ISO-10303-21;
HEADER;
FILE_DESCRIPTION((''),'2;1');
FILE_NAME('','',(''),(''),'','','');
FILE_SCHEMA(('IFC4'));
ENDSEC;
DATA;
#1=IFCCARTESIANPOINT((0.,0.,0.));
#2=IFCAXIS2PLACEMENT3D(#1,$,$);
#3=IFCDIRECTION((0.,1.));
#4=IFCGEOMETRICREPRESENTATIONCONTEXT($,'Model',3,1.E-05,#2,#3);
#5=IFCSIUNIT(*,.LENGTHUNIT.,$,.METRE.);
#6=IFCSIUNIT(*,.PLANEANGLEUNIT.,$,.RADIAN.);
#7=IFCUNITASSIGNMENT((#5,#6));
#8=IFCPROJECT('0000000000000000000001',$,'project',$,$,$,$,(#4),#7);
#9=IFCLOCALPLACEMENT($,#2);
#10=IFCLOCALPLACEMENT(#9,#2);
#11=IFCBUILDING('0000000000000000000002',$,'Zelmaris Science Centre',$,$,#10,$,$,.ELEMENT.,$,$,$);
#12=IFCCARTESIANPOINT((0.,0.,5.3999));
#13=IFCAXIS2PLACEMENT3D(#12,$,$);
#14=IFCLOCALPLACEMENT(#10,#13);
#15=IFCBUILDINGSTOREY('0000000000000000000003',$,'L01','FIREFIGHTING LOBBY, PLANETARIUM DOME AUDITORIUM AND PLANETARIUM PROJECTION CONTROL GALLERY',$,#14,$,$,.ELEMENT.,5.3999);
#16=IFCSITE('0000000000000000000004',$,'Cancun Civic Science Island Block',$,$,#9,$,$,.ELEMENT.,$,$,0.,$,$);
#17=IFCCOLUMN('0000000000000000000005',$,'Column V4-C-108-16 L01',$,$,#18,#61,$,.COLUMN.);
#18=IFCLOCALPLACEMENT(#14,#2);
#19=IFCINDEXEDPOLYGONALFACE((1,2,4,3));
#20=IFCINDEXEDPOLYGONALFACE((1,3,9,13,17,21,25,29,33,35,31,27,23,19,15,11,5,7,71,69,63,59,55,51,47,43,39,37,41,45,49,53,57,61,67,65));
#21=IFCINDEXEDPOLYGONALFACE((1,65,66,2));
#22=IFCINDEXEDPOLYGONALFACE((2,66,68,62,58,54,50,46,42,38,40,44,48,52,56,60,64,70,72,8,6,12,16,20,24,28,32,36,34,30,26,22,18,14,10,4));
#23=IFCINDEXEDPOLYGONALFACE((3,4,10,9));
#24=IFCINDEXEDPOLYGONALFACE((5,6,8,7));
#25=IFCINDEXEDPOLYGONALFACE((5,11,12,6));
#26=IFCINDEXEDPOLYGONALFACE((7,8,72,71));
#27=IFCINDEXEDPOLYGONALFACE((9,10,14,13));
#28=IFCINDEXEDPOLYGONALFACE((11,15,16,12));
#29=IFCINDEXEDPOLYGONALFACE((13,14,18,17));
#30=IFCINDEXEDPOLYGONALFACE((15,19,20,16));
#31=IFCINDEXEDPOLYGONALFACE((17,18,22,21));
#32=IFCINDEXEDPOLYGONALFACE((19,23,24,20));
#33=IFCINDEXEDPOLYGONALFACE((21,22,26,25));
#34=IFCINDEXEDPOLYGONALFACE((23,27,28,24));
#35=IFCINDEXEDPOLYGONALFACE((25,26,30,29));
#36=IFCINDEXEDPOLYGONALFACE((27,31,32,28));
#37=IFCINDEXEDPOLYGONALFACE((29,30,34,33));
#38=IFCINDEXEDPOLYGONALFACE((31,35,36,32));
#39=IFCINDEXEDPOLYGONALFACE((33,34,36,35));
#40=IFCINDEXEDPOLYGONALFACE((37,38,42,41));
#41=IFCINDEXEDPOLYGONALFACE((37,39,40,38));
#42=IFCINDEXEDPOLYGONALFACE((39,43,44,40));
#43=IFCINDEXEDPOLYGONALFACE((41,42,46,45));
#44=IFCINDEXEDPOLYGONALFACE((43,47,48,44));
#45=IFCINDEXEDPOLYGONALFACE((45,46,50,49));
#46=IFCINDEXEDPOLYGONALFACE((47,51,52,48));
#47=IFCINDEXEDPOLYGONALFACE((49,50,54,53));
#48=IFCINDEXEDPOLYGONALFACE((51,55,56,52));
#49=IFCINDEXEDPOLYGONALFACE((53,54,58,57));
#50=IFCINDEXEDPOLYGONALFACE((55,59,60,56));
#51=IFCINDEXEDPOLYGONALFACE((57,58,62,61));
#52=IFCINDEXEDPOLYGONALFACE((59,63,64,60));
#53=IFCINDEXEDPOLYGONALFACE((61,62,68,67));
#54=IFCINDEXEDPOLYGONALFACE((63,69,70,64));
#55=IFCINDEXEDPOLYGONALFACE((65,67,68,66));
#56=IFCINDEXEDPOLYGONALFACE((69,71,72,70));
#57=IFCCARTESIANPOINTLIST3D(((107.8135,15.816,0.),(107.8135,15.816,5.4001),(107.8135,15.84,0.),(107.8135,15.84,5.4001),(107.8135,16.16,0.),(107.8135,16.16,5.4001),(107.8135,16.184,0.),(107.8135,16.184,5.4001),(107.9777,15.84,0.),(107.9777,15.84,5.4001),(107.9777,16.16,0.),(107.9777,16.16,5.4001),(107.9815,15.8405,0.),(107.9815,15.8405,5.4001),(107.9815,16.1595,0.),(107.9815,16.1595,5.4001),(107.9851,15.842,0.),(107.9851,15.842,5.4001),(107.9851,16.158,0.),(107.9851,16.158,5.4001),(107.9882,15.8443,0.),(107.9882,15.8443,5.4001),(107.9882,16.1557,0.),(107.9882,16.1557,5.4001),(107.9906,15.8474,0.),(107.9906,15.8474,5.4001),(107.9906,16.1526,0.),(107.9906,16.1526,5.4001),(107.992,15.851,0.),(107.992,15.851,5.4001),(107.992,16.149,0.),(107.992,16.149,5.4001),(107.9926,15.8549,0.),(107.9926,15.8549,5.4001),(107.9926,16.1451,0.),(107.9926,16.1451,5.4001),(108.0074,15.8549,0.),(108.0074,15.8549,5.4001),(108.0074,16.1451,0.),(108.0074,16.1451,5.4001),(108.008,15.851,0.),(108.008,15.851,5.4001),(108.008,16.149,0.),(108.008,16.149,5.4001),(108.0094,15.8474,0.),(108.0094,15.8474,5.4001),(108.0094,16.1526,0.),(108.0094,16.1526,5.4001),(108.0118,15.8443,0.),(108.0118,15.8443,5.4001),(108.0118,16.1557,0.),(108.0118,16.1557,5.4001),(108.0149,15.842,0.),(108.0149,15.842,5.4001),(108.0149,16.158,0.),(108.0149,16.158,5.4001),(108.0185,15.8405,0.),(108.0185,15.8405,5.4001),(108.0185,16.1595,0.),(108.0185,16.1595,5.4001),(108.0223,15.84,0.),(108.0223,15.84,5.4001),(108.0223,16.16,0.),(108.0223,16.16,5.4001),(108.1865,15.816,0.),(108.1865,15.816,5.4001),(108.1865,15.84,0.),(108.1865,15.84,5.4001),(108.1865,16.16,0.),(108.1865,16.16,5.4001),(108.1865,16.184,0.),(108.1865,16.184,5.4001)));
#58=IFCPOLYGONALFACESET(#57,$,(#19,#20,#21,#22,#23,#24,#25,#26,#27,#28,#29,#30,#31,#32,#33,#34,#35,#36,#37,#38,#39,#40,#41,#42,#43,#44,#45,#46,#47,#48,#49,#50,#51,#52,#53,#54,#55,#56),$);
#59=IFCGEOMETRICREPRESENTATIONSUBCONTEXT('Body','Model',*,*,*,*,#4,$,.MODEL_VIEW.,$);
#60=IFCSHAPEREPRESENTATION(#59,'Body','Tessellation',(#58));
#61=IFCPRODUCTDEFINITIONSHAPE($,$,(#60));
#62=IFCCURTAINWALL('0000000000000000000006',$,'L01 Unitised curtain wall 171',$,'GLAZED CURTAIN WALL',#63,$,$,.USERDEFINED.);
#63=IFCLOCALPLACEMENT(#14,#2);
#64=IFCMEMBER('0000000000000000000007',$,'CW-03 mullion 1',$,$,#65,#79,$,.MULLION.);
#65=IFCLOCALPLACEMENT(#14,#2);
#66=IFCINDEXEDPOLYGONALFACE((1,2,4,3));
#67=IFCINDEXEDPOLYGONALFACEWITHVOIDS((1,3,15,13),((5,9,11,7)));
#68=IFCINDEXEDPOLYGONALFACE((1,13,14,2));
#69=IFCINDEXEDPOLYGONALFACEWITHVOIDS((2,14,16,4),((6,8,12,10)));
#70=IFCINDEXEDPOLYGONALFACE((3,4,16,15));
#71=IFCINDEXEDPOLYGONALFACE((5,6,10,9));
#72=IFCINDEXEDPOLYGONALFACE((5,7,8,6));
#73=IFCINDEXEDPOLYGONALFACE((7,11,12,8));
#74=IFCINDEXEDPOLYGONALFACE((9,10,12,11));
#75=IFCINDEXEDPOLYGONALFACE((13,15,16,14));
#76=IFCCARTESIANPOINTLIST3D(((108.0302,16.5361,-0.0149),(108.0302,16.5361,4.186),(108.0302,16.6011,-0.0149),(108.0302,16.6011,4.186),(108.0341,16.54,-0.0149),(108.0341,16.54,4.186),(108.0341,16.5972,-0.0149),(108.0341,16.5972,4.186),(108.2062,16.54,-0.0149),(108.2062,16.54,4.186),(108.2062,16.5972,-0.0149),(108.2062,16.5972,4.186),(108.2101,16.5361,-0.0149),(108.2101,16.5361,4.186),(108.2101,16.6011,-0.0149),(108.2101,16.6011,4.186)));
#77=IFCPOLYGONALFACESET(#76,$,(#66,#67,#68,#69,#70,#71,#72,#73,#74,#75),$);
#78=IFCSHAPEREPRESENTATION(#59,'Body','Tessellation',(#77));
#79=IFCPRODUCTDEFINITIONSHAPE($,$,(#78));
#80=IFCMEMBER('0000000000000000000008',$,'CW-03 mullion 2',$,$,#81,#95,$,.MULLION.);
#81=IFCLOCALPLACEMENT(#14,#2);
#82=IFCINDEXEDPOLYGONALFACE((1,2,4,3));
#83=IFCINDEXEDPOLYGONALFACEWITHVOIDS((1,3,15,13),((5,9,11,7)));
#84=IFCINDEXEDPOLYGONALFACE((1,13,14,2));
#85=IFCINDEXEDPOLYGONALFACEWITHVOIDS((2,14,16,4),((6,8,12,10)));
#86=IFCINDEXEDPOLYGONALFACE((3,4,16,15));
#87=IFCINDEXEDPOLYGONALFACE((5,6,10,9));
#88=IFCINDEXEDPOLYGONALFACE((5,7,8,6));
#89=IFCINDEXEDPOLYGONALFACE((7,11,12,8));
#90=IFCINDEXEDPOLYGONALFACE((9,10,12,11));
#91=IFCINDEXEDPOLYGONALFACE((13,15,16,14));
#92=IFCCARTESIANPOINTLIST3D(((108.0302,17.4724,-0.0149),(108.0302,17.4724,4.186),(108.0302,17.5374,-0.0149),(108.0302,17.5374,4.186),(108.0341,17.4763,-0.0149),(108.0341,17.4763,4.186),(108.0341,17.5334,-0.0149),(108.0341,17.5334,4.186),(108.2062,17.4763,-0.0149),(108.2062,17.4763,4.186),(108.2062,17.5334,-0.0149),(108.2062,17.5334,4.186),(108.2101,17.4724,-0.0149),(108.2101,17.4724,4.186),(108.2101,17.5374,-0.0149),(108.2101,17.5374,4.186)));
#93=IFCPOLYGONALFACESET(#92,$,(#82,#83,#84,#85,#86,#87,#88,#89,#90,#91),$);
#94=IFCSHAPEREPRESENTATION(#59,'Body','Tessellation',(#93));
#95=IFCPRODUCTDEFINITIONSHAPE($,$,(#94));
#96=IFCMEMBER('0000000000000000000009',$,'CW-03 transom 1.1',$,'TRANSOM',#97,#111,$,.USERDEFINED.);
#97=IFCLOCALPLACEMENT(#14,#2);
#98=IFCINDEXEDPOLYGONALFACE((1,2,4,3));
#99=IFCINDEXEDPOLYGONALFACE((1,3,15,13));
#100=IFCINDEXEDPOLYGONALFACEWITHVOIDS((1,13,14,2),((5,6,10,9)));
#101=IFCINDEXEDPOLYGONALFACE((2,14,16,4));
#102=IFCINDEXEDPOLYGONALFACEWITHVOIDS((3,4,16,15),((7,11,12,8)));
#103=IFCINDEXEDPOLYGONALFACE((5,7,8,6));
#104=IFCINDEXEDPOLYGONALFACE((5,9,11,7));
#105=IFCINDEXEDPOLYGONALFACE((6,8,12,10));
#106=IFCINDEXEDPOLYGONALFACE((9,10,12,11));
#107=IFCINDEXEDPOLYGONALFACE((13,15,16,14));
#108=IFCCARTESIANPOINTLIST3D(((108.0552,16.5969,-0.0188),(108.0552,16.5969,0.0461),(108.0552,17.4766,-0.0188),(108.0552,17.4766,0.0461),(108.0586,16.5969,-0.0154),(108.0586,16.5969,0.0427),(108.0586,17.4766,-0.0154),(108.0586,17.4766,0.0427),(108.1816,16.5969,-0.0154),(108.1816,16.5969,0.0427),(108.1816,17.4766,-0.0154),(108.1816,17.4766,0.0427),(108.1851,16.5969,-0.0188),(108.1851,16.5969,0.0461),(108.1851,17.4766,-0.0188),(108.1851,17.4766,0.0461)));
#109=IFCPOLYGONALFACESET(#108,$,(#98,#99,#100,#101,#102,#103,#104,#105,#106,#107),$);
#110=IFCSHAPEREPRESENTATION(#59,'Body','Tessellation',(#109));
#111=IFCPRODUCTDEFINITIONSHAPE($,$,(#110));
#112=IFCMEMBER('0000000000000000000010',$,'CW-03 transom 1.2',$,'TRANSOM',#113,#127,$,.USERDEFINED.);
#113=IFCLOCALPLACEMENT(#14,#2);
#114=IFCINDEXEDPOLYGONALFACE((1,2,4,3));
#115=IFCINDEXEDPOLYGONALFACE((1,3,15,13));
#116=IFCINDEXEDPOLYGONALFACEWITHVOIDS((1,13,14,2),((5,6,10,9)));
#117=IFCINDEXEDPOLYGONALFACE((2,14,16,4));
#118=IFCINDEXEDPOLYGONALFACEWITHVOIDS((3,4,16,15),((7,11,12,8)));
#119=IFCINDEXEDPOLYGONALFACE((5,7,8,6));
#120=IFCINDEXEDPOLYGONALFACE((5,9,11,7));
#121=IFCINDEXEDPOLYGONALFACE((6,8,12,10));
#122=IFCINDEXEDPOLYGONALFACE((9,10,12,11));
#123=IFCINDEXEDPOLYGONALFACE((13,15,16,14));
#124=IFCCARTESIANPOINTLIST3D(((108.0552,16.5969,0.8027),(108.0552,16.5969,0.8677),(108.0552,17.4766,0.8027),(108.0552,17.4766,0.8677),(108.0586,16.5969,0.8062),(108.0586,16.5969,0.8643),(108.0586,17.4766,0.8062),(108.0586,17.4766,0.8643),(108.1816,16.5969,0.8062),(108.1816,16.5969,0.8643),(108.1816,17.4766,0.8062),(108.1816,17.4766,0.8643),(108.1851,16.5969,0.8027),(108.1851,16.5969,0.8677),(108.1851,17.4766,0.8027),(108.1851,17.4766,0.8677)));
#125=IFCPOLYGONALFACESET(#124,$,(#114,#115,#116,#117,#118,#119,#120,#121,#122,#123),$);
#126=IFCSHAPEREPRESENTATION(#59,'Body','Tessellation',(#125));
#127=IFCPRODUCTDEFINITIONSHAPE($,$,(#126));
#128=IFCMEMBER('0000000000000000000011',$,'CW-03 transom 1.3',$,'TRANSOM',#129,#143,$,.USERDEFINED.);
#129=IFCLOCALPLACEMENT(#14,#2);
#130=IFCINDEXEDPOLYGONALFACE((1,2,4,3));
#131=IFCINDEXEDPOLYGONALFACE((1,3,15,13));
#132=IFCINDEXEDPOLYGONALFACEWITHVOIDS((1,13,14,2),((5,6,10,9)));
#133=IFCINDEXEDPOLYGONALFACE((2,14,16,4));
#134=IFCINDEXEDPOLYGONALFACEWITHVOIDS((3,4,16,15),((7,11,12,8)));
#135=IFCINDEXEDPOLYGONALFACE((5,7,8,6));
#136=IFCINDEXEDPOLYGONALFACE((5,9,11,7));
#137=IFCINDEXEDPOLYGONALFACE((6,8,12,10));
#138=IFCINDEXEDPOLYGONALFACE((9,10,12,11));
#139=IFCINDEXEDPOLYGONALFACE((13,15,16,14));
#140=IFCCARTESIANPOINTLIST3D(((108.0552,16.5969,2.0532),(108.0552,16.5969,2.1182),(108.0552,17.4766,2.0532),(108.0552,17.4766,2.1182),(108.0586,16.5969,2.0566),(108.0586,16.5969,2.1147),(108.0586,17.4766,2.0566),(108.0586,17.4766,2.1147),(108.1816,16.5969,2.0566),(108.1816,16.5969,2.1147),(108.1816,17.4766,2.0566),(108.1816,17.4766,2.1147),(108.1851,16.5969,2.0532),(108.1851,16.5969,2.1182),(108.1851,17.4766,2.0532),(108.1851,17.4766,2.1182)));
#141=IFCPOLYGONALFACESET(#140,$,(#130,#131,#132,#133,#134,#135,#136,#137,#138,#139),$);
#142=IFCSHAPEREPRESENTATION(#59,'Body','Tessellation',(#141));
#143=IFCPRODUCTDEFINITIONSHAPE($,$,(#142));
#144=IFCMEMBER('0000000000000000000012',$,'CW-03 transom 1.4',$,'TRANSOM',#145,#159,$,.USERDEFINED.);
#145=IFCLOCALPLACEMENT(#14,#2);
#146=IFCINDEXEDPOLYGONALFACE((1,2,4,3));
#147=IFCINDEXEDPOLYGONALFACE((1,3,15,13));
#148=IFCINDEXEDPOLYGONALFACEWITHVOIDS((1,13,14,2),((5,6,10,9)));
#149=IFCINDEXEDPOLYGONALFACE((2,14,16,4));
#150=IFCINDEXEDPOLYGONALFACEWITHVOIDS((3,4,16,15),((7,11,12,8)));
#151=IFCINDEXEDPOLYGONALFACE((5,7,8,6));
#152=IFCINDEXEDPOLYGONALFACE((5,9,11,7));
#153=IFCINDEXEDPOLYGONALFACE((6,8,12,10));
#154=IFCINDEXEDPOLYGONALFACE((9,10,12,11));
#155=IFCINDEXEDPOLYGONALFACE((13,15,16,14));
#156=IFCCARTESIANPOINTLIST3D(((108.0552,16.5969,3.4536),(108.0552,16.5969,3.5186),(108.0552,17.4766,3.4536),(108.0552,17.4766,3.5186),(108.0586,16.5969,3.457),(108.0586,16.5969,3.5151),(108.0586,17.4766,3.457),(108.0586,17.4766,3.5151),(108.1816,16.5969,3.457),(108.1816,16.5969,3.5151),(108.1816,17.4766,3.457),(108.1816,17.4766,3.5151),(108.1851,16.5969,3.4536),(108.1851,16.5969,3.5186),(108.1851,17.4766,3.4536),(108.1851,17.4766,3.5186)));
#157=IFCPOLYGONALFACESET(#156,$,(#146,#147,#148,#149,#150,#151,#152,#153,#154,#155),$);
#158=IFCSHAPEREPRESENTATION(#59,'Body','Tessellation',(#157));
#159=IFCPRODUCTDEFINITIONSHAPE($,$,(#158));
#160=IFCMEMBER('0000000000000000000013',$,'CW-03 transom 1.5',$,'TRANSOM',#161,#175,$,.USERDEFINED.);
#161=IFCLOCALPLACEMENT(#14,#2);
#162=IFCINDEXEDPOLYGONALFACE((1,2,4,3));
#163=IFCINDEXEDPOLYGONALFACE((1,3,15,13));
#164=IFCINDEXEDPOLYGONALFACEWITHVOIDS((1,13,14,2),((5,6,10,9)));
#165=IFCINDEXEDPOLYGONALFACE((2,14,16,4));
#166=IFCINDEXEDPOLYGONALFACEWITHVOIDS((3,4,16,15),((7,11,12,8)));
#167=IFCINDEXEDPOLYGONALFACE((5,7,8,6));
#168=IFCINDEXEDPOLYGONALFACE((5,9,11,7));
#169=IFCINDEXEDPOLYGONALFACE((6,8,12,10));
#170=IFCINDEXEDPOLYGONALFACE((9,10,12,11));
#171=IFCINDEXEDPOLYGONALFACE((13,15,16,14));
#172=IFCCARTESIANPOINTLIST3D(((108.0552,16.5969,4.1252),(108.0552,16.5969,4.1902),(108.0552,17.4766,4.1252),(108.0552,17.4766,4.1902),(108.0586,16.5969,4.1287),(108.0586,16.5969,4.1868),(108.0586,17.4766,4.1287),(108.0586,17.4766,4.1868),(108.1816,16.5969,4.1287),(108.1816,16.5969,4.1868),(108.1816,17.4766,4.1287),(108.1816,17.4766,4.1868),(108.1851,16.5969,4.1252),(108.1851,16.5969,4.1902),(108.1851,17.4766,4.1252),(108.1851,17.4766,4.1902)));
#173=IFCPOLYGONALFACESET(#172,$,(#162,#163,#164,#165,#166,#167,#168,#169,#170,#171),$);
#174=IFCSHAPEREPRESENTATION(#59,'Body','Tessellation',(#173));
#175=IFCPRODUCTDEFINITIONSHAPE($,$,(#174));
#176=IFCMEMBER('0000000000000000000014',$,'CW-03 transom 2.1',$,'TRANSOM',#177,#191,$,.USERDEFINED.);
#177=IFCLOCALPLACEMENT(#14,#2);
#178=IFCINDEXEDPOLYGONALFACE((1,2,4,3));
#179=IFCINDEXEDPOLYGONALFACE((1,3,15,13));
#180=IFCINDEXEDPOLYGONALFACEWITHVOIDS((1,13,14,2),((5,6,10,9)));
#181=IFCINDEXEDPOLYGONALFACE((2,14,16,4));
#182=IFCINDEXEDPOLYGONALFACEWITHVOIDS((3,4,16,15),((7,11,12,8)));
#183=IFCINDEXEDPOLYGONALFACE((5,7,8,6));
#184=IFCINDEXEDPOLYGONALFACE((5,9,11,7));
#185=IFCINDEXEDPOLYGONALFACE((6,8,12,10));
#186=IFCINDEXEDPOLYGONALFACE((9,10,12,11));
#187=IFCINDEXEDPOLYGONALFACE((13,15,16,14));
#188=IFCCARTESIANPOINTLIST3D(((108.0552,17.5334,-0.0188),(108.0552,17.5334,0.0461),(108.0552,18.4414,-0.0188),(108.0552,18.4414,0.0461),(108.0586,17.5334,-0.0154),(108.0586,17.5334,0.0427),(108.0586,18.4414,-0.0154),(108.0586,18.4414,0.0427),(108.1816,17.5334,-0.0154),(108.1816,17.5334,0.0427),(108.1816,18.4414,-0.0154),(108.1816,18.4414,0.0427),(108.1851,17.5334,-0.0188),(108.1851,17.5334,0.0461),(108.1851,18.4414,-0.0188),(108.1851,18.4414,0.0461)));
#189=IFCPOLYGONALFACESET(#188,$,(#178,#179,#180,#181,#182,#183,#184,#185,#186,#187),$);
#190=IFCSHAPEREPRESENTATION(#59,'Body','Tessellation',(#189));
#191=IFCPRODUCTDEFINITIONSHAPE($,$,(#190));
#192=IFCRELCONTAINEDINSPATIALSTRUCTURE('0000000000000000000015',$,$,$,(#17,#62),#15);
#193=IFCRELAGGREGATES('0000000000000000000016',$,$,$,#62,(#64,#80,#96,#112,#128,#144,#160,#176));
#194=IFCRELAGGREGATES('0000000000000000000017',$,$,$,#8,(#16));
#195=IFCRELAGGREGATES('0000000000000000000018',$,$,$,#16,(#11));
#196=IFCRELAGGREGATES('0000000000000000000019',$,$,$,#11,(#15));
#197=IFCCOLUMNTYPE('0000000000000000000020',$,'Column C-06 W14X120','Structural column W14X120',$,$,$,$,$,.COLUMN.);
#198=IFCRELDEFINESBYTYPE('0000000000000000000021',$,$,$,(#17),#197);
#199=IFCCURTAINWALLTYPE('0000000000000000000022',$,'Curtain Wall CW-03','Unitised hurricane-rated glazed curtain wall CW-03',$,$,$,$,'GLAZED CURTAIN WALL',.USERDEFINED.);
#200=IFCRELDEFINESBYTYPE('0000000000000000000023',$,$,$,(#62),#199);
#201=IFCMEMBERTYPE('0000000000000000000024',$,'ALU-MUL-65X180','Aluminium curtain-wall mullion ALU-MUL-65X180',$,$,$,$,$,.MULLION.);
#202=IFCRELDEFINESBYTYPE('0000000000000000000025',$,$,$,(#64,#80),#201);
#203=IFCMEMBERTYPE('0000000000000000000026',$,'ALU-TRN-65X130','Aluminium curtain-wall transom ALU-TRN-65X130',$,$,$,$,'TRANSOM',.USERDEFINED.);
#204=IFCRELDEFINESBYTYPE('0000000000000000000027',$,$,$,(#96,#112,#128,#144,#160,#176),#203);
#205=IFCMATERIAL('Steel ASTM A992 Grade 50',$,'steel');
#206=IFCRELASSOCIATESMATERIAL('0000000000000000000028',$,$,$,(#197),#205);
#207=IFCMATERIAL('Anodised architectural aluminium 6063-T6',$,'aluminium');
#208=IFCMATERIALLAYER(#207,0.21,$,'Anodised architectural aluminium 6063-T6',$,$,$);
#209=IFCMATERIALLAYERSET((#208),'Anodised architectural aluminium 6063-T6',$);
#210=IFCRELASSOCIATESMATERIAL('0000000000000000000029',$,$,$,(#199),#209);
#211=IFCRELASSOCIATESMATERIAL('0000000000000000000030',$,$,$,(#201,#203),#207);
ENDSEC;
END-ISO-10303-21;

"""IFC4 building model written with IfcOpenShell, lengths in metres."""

from ifc_helpers import new_model, si_unit, direction, frame, origin, origin_2d, place, context, subcontext, project, spatial, hollow_rectangle, i_section, extrude, material, layer, layer_set, material_profile, profile_set, type_object, element, aggregate, save


model = new_model("IFC4")

# Units and contexts
model_context = context("Model", 3, precision=1e-05, world=origin(), true_north=direction((0.0, 1.0)))
body_context = subcontext(model_context, "Body", "Model", "MODEL_VIEW")
ifc_project = project(units=[si_unit("LENGTHUNIT", "METRE"), si_unit("PLANEANGLEUNIT", "RADIAN")], contexts=[model_context])

# Site, building, storey
site_placement = place(None, origin())
site = spatial("IfcSite", under=ifc_project, at=site_placement, Name="Cancun Civic Science Island Block", CompositionType="ELEMENT", RefElevation=0.0)
building_placement = place(site_placement, origin())
building = spatial("IfcBuilding", under=site, at=building_placement, Name="Zelmaris Science Centre", CompositionType="ELEMENT")
storey_placement = place(building_placement, frame((0.0, 0.0, 5.3999)))
storey = spatial("IfcBuildingStorey", under=building, at=storey_placement, Name="L01", Description="FIREFIGHTING LOBBY, PLANETARIUM DOME AUDITORIUM AND PLANETARIUM PROJECTION CONTROL GALLERY", CompositionType="ELEMENT", Elevation=5.3999)

# Column
ifc_material_1 = material(Name="Steel ASTM A992 Grade 50", Category="steel")
ifc_material_profile_1 = material_profile(ifc_material_1, i_section(OverallWidth=0.373, OverallDepth=0.3679, WebThickness=0.0149, FlangeThickness=0.0239, FilletRadius=0.0149, at=origin_2d()), Name="W14X120")
ifc_profile_set_1 = profile_set([ifc_material_profile_1], Name="Steel ASTM A992 Grade 50")
column_type = type_object("IfcColumnType", Name="Column C-06 W14X120", Description="Structural column W14X120", PredefinedType="COLUMN", material=ifc_profile_set_1)
column_placement = place(storey_placement, frame((108.0, 16.0, 0.0), z_axis=(0.0, 0.0, 1.0), x_axis=(1.0, 0.0, 0.0)))
element("IfcColumn", 1, at=column_placement, inside=storey, type_object=column_type, Name="Column V4-C-108-16 L01", PredefinedType="COLUMN", context=body_context, shape_type="SweptSolid", body=[
    extrude(i_section(OverallWidth=0.373, OverallDepth=0.3679, WebThickness=0.0149, FlangeThickness=0.0239, FilletRadius=0.0149, at=origin_2d()), origin(), (0.0, 0.0, 1.0), 5.4001),
])

# Curtain wall, members
ifc_material_2 = material(Name="Anodised architectural aluminium 6063-T6", Category="aluminium")
ifc_layer_1 = layer(ifc_material_2, 0.21, Name="Anodised architectural aluminium 6063-T6")
ifc_layer_set_1 = layer_set([ifc_layer_1], Name="Anodised architectural aluminium 6063-T6")
curtain_wall_type = type_object("IfcCurtainWallType", Name="Curtain Wall CW-03", Description="Unitised hurricane-rated glazed curtain wall CW-03", ElementType="GLAZED CURTAIN WALL", PredefinedType="USERDEFINED", material=ifc_layer_set_1)
curtain_wall_placement = place(storey_placement, origin())
curtain_wall = element("IfcCurtainWall", 2, at=curtain_wall_placement, inside=storey, type_object=curtain_wall_type, Name="L01 Unitised curtain wall 171", ObjectType="GLAZED CURTAIN WALL", PredefinedType="USERDEFINED")
ifc_material_profile_2 = material_profile(ifc_material_2, hollow_rectangle(XDim=0.0649, YDim=0.1799, WallThickness=0.0039, at=origin_2d()), Name="ALU-MUL-65X180")
ifc_profile_set_2 = profile_set([ifc_material_profile_2], Name="Anodised architectural aluminium 6063-T6")
member_type_1 = type_object("IfcMemberType", Name="ALU-MUL-65X180", Description="Aluminium curtain-wall mullion ALU-MUL-65X180", PredefinedType="MULLION", material=ifc_profile_set_2)
member_1_placement = place(storey_placement, frame((108.1201, 16.5686, -0.0149), z_axis=(0.0, 0.0, 1.0), x_axis=(-0.000005, 1.0, 0.0)))
member_1 = element("IfcMember", 3, at=member_1_placement, type_object=member_type_1, Name="CW-03 mullion 1", PredefinedType="MULLION", context=body_context, shape_type="SweptSolid", body=[
    extrude(hollow_rectangle(XDim=0.0649, YDim=0.1799, WallThickness=0.0039, at=origin_2d()), origin(), (0.0, 0.0, 1.0), 4.2009),
])
member_2_placement = place(storey_placement, frame((108.1201, 17.5049, -0.0149), z_axis=(0.0, 0.0, 1.0), x_axis=(-0.000005, 1.0, 0.0)))
member_2 = element("IfcMember", 4, at=member_2_placement, type_object=member_type_1, Name="CW-03 mullion 2", PredefinedType="MULLION", context=body_context, shape_type="SweptSolid", body=[
    extrude(hollow_rectangle(XDim=0.0649, YDim=0.1799, WallThickness=0.0039, at=origin_2d()), origin(), (0.0, 0.0, 1.0), 4.2009),
])
ifc_material_profile_3 = material_profile(ifc_material_2, hollow_rectangle(XDim=0.0649, YDim=0.1299, WallThickness=0.0034, at=origin_2d()), Name="ALU-TRN-65X130")
ifc_profile_set_3 = profile_set([ifc_material_profile_3], Name="Anodised architectural aluminium 6063-T6")
member_type_2 = type_object("IfcMemberType", Name="ALU-TRN-65X130", Description="Aluminium curtain-wall transom ALU-TRN-65X130", ElementType="TRANSOM", PredefinedType="USERDEFINED", material=ifc_profile_set_3)
member_3_placement = place(storey_placement, frame((108.1201, 16.5969, 0.0137), z_axis=(0.0, 1.0, 0.0), x_axis=(0.0, 0.0, 1.0)))
member_3 = element("IfcMember", 5, at=member_3_placement, type_object=member_type_2, Name="CW-03 transom 1.1", ObjectType="TRANSOM", PredefinedType="USERDEFINED", context=body_context, shape_type="SweptSolid", body=[
    extrude(hollow_rectangle(XDim=0.0649, YDim=0.1299, WallThickness=0.0034, at=origin_2d()), origin(), (0.0, 0.0, 1.0), 0.8796),
])
member_4_placement = place(storey_placement, frame((108.1201, 16.5969, 0.8352), z_axis=(0.0, 1.0, 0.0), x_axis=(0.0, 0.0, 1.0)))
member_4 = element("IfcMember", 6, at=member_4_placement, type_object=member_type_2, Name="CW-03 transom 1.2", ObjectType="TRANSOM", PredefinedType="USERDEFINED", context=body_context, shape_type="SweptSolid", body=[
    extrude(hollow_rectangle(XDim=0.0649, YDim=0.1299, WallThickness=0.0034, at=origin_2d()), origin(), (0.0, 0.0, 1.0), 0.8796),
])
member_5_placement = place(storey_placement, frame((108.1201, 16.5969, 2.0857), z_axis=(0.0, 1.0, 0.0), x_axis=(0.0, 0.0, 1.0)))
member_5 = element("IfcMember", 7, at=member_5_placement, type_object=member_type_2, Name="CW-03 transom 1.3", ObjectType="TRANSOM", PredefinedType="USERDEFINED", context=body_context, shape_type="SweptSolid", body=[
    extrude(hollow_rectangle(XDim=0.0649, YDim=0.1299, WallThickness=0.0034, at=origin_2d()), origin(), (0.0, 0.0, 1.0), 0.8796),
])
member_6_placement = place(storey_placement, frame((108.1201, 16.5969, 3.4861), z_axis=(0.0, 1.0, 0.0), x_axis=(0.0, 0.0, 1.0)))
member_6 = element("IfcMember", 8, at=member_6_placement, type_object=member_type_2, Name="CW-03 transom 1.4", ObjectType="TRANSOM", PredefinedType="USERDEFINED", context=body_context, shape_type="SweptSolid", body=[
    extrude(hollow_rectangle(XDim=0.0649, YDim=0.1299, WallThickness=0.0034, at=origin_2d()), origin(), (0.0, 0.0, 1.0), 0.8796),
])
member_7_placement = place(storey_placement, frame((108.1201, 16.5969, 4.1577), z_axis=(0.0, 1.0, 0.0), x_axis=(0.0, 0.0, 1.0)))
member_7 = element("IfcMember", 9, at=member_7_placement, type_object=member_type_2, Name="CW-03 transom 1.5", ObjectType="TRANSOM", PredefinedType="USERDEFINED", context=body_context, shape_type="SweptSolid", body=[
    extrude(hollow_rectangle(XDim=0.0649, YDim=0.1299, WallThickness=0.0034, at=origin_2d()), origin(), (0.0, 0.0, 1.0), 0.8796),
])
member_8_placement = place(storey_placement, frame((108.1201, 17.5334, 0.0137), z_axis=(0.0, 1.0, 0.0), x_axis=(0.0, 0.0, 1.0)))
member_8 = element("IfcMember", 10, at=member_8_placement, type_object=member_type_2, Name="CW-03 transom 2.1", ObjectType="TRANSOM", PredefinedType="USERDEFINED", context=body_context, shape_type="SweptSolid", body=[
    extrude(hollow_rectangle(XDim=0.0649, YDim=0.1299, WallThickness=0.0034, at=origin_2d()), origin(), (0.0, 0.0, 1.0), 0.908),
])

aggregate(curtain_wall, [member_1, member_2, member_3, member_4, member_5, member_6, member_7, member_8])

save(model, "model.ifc")
